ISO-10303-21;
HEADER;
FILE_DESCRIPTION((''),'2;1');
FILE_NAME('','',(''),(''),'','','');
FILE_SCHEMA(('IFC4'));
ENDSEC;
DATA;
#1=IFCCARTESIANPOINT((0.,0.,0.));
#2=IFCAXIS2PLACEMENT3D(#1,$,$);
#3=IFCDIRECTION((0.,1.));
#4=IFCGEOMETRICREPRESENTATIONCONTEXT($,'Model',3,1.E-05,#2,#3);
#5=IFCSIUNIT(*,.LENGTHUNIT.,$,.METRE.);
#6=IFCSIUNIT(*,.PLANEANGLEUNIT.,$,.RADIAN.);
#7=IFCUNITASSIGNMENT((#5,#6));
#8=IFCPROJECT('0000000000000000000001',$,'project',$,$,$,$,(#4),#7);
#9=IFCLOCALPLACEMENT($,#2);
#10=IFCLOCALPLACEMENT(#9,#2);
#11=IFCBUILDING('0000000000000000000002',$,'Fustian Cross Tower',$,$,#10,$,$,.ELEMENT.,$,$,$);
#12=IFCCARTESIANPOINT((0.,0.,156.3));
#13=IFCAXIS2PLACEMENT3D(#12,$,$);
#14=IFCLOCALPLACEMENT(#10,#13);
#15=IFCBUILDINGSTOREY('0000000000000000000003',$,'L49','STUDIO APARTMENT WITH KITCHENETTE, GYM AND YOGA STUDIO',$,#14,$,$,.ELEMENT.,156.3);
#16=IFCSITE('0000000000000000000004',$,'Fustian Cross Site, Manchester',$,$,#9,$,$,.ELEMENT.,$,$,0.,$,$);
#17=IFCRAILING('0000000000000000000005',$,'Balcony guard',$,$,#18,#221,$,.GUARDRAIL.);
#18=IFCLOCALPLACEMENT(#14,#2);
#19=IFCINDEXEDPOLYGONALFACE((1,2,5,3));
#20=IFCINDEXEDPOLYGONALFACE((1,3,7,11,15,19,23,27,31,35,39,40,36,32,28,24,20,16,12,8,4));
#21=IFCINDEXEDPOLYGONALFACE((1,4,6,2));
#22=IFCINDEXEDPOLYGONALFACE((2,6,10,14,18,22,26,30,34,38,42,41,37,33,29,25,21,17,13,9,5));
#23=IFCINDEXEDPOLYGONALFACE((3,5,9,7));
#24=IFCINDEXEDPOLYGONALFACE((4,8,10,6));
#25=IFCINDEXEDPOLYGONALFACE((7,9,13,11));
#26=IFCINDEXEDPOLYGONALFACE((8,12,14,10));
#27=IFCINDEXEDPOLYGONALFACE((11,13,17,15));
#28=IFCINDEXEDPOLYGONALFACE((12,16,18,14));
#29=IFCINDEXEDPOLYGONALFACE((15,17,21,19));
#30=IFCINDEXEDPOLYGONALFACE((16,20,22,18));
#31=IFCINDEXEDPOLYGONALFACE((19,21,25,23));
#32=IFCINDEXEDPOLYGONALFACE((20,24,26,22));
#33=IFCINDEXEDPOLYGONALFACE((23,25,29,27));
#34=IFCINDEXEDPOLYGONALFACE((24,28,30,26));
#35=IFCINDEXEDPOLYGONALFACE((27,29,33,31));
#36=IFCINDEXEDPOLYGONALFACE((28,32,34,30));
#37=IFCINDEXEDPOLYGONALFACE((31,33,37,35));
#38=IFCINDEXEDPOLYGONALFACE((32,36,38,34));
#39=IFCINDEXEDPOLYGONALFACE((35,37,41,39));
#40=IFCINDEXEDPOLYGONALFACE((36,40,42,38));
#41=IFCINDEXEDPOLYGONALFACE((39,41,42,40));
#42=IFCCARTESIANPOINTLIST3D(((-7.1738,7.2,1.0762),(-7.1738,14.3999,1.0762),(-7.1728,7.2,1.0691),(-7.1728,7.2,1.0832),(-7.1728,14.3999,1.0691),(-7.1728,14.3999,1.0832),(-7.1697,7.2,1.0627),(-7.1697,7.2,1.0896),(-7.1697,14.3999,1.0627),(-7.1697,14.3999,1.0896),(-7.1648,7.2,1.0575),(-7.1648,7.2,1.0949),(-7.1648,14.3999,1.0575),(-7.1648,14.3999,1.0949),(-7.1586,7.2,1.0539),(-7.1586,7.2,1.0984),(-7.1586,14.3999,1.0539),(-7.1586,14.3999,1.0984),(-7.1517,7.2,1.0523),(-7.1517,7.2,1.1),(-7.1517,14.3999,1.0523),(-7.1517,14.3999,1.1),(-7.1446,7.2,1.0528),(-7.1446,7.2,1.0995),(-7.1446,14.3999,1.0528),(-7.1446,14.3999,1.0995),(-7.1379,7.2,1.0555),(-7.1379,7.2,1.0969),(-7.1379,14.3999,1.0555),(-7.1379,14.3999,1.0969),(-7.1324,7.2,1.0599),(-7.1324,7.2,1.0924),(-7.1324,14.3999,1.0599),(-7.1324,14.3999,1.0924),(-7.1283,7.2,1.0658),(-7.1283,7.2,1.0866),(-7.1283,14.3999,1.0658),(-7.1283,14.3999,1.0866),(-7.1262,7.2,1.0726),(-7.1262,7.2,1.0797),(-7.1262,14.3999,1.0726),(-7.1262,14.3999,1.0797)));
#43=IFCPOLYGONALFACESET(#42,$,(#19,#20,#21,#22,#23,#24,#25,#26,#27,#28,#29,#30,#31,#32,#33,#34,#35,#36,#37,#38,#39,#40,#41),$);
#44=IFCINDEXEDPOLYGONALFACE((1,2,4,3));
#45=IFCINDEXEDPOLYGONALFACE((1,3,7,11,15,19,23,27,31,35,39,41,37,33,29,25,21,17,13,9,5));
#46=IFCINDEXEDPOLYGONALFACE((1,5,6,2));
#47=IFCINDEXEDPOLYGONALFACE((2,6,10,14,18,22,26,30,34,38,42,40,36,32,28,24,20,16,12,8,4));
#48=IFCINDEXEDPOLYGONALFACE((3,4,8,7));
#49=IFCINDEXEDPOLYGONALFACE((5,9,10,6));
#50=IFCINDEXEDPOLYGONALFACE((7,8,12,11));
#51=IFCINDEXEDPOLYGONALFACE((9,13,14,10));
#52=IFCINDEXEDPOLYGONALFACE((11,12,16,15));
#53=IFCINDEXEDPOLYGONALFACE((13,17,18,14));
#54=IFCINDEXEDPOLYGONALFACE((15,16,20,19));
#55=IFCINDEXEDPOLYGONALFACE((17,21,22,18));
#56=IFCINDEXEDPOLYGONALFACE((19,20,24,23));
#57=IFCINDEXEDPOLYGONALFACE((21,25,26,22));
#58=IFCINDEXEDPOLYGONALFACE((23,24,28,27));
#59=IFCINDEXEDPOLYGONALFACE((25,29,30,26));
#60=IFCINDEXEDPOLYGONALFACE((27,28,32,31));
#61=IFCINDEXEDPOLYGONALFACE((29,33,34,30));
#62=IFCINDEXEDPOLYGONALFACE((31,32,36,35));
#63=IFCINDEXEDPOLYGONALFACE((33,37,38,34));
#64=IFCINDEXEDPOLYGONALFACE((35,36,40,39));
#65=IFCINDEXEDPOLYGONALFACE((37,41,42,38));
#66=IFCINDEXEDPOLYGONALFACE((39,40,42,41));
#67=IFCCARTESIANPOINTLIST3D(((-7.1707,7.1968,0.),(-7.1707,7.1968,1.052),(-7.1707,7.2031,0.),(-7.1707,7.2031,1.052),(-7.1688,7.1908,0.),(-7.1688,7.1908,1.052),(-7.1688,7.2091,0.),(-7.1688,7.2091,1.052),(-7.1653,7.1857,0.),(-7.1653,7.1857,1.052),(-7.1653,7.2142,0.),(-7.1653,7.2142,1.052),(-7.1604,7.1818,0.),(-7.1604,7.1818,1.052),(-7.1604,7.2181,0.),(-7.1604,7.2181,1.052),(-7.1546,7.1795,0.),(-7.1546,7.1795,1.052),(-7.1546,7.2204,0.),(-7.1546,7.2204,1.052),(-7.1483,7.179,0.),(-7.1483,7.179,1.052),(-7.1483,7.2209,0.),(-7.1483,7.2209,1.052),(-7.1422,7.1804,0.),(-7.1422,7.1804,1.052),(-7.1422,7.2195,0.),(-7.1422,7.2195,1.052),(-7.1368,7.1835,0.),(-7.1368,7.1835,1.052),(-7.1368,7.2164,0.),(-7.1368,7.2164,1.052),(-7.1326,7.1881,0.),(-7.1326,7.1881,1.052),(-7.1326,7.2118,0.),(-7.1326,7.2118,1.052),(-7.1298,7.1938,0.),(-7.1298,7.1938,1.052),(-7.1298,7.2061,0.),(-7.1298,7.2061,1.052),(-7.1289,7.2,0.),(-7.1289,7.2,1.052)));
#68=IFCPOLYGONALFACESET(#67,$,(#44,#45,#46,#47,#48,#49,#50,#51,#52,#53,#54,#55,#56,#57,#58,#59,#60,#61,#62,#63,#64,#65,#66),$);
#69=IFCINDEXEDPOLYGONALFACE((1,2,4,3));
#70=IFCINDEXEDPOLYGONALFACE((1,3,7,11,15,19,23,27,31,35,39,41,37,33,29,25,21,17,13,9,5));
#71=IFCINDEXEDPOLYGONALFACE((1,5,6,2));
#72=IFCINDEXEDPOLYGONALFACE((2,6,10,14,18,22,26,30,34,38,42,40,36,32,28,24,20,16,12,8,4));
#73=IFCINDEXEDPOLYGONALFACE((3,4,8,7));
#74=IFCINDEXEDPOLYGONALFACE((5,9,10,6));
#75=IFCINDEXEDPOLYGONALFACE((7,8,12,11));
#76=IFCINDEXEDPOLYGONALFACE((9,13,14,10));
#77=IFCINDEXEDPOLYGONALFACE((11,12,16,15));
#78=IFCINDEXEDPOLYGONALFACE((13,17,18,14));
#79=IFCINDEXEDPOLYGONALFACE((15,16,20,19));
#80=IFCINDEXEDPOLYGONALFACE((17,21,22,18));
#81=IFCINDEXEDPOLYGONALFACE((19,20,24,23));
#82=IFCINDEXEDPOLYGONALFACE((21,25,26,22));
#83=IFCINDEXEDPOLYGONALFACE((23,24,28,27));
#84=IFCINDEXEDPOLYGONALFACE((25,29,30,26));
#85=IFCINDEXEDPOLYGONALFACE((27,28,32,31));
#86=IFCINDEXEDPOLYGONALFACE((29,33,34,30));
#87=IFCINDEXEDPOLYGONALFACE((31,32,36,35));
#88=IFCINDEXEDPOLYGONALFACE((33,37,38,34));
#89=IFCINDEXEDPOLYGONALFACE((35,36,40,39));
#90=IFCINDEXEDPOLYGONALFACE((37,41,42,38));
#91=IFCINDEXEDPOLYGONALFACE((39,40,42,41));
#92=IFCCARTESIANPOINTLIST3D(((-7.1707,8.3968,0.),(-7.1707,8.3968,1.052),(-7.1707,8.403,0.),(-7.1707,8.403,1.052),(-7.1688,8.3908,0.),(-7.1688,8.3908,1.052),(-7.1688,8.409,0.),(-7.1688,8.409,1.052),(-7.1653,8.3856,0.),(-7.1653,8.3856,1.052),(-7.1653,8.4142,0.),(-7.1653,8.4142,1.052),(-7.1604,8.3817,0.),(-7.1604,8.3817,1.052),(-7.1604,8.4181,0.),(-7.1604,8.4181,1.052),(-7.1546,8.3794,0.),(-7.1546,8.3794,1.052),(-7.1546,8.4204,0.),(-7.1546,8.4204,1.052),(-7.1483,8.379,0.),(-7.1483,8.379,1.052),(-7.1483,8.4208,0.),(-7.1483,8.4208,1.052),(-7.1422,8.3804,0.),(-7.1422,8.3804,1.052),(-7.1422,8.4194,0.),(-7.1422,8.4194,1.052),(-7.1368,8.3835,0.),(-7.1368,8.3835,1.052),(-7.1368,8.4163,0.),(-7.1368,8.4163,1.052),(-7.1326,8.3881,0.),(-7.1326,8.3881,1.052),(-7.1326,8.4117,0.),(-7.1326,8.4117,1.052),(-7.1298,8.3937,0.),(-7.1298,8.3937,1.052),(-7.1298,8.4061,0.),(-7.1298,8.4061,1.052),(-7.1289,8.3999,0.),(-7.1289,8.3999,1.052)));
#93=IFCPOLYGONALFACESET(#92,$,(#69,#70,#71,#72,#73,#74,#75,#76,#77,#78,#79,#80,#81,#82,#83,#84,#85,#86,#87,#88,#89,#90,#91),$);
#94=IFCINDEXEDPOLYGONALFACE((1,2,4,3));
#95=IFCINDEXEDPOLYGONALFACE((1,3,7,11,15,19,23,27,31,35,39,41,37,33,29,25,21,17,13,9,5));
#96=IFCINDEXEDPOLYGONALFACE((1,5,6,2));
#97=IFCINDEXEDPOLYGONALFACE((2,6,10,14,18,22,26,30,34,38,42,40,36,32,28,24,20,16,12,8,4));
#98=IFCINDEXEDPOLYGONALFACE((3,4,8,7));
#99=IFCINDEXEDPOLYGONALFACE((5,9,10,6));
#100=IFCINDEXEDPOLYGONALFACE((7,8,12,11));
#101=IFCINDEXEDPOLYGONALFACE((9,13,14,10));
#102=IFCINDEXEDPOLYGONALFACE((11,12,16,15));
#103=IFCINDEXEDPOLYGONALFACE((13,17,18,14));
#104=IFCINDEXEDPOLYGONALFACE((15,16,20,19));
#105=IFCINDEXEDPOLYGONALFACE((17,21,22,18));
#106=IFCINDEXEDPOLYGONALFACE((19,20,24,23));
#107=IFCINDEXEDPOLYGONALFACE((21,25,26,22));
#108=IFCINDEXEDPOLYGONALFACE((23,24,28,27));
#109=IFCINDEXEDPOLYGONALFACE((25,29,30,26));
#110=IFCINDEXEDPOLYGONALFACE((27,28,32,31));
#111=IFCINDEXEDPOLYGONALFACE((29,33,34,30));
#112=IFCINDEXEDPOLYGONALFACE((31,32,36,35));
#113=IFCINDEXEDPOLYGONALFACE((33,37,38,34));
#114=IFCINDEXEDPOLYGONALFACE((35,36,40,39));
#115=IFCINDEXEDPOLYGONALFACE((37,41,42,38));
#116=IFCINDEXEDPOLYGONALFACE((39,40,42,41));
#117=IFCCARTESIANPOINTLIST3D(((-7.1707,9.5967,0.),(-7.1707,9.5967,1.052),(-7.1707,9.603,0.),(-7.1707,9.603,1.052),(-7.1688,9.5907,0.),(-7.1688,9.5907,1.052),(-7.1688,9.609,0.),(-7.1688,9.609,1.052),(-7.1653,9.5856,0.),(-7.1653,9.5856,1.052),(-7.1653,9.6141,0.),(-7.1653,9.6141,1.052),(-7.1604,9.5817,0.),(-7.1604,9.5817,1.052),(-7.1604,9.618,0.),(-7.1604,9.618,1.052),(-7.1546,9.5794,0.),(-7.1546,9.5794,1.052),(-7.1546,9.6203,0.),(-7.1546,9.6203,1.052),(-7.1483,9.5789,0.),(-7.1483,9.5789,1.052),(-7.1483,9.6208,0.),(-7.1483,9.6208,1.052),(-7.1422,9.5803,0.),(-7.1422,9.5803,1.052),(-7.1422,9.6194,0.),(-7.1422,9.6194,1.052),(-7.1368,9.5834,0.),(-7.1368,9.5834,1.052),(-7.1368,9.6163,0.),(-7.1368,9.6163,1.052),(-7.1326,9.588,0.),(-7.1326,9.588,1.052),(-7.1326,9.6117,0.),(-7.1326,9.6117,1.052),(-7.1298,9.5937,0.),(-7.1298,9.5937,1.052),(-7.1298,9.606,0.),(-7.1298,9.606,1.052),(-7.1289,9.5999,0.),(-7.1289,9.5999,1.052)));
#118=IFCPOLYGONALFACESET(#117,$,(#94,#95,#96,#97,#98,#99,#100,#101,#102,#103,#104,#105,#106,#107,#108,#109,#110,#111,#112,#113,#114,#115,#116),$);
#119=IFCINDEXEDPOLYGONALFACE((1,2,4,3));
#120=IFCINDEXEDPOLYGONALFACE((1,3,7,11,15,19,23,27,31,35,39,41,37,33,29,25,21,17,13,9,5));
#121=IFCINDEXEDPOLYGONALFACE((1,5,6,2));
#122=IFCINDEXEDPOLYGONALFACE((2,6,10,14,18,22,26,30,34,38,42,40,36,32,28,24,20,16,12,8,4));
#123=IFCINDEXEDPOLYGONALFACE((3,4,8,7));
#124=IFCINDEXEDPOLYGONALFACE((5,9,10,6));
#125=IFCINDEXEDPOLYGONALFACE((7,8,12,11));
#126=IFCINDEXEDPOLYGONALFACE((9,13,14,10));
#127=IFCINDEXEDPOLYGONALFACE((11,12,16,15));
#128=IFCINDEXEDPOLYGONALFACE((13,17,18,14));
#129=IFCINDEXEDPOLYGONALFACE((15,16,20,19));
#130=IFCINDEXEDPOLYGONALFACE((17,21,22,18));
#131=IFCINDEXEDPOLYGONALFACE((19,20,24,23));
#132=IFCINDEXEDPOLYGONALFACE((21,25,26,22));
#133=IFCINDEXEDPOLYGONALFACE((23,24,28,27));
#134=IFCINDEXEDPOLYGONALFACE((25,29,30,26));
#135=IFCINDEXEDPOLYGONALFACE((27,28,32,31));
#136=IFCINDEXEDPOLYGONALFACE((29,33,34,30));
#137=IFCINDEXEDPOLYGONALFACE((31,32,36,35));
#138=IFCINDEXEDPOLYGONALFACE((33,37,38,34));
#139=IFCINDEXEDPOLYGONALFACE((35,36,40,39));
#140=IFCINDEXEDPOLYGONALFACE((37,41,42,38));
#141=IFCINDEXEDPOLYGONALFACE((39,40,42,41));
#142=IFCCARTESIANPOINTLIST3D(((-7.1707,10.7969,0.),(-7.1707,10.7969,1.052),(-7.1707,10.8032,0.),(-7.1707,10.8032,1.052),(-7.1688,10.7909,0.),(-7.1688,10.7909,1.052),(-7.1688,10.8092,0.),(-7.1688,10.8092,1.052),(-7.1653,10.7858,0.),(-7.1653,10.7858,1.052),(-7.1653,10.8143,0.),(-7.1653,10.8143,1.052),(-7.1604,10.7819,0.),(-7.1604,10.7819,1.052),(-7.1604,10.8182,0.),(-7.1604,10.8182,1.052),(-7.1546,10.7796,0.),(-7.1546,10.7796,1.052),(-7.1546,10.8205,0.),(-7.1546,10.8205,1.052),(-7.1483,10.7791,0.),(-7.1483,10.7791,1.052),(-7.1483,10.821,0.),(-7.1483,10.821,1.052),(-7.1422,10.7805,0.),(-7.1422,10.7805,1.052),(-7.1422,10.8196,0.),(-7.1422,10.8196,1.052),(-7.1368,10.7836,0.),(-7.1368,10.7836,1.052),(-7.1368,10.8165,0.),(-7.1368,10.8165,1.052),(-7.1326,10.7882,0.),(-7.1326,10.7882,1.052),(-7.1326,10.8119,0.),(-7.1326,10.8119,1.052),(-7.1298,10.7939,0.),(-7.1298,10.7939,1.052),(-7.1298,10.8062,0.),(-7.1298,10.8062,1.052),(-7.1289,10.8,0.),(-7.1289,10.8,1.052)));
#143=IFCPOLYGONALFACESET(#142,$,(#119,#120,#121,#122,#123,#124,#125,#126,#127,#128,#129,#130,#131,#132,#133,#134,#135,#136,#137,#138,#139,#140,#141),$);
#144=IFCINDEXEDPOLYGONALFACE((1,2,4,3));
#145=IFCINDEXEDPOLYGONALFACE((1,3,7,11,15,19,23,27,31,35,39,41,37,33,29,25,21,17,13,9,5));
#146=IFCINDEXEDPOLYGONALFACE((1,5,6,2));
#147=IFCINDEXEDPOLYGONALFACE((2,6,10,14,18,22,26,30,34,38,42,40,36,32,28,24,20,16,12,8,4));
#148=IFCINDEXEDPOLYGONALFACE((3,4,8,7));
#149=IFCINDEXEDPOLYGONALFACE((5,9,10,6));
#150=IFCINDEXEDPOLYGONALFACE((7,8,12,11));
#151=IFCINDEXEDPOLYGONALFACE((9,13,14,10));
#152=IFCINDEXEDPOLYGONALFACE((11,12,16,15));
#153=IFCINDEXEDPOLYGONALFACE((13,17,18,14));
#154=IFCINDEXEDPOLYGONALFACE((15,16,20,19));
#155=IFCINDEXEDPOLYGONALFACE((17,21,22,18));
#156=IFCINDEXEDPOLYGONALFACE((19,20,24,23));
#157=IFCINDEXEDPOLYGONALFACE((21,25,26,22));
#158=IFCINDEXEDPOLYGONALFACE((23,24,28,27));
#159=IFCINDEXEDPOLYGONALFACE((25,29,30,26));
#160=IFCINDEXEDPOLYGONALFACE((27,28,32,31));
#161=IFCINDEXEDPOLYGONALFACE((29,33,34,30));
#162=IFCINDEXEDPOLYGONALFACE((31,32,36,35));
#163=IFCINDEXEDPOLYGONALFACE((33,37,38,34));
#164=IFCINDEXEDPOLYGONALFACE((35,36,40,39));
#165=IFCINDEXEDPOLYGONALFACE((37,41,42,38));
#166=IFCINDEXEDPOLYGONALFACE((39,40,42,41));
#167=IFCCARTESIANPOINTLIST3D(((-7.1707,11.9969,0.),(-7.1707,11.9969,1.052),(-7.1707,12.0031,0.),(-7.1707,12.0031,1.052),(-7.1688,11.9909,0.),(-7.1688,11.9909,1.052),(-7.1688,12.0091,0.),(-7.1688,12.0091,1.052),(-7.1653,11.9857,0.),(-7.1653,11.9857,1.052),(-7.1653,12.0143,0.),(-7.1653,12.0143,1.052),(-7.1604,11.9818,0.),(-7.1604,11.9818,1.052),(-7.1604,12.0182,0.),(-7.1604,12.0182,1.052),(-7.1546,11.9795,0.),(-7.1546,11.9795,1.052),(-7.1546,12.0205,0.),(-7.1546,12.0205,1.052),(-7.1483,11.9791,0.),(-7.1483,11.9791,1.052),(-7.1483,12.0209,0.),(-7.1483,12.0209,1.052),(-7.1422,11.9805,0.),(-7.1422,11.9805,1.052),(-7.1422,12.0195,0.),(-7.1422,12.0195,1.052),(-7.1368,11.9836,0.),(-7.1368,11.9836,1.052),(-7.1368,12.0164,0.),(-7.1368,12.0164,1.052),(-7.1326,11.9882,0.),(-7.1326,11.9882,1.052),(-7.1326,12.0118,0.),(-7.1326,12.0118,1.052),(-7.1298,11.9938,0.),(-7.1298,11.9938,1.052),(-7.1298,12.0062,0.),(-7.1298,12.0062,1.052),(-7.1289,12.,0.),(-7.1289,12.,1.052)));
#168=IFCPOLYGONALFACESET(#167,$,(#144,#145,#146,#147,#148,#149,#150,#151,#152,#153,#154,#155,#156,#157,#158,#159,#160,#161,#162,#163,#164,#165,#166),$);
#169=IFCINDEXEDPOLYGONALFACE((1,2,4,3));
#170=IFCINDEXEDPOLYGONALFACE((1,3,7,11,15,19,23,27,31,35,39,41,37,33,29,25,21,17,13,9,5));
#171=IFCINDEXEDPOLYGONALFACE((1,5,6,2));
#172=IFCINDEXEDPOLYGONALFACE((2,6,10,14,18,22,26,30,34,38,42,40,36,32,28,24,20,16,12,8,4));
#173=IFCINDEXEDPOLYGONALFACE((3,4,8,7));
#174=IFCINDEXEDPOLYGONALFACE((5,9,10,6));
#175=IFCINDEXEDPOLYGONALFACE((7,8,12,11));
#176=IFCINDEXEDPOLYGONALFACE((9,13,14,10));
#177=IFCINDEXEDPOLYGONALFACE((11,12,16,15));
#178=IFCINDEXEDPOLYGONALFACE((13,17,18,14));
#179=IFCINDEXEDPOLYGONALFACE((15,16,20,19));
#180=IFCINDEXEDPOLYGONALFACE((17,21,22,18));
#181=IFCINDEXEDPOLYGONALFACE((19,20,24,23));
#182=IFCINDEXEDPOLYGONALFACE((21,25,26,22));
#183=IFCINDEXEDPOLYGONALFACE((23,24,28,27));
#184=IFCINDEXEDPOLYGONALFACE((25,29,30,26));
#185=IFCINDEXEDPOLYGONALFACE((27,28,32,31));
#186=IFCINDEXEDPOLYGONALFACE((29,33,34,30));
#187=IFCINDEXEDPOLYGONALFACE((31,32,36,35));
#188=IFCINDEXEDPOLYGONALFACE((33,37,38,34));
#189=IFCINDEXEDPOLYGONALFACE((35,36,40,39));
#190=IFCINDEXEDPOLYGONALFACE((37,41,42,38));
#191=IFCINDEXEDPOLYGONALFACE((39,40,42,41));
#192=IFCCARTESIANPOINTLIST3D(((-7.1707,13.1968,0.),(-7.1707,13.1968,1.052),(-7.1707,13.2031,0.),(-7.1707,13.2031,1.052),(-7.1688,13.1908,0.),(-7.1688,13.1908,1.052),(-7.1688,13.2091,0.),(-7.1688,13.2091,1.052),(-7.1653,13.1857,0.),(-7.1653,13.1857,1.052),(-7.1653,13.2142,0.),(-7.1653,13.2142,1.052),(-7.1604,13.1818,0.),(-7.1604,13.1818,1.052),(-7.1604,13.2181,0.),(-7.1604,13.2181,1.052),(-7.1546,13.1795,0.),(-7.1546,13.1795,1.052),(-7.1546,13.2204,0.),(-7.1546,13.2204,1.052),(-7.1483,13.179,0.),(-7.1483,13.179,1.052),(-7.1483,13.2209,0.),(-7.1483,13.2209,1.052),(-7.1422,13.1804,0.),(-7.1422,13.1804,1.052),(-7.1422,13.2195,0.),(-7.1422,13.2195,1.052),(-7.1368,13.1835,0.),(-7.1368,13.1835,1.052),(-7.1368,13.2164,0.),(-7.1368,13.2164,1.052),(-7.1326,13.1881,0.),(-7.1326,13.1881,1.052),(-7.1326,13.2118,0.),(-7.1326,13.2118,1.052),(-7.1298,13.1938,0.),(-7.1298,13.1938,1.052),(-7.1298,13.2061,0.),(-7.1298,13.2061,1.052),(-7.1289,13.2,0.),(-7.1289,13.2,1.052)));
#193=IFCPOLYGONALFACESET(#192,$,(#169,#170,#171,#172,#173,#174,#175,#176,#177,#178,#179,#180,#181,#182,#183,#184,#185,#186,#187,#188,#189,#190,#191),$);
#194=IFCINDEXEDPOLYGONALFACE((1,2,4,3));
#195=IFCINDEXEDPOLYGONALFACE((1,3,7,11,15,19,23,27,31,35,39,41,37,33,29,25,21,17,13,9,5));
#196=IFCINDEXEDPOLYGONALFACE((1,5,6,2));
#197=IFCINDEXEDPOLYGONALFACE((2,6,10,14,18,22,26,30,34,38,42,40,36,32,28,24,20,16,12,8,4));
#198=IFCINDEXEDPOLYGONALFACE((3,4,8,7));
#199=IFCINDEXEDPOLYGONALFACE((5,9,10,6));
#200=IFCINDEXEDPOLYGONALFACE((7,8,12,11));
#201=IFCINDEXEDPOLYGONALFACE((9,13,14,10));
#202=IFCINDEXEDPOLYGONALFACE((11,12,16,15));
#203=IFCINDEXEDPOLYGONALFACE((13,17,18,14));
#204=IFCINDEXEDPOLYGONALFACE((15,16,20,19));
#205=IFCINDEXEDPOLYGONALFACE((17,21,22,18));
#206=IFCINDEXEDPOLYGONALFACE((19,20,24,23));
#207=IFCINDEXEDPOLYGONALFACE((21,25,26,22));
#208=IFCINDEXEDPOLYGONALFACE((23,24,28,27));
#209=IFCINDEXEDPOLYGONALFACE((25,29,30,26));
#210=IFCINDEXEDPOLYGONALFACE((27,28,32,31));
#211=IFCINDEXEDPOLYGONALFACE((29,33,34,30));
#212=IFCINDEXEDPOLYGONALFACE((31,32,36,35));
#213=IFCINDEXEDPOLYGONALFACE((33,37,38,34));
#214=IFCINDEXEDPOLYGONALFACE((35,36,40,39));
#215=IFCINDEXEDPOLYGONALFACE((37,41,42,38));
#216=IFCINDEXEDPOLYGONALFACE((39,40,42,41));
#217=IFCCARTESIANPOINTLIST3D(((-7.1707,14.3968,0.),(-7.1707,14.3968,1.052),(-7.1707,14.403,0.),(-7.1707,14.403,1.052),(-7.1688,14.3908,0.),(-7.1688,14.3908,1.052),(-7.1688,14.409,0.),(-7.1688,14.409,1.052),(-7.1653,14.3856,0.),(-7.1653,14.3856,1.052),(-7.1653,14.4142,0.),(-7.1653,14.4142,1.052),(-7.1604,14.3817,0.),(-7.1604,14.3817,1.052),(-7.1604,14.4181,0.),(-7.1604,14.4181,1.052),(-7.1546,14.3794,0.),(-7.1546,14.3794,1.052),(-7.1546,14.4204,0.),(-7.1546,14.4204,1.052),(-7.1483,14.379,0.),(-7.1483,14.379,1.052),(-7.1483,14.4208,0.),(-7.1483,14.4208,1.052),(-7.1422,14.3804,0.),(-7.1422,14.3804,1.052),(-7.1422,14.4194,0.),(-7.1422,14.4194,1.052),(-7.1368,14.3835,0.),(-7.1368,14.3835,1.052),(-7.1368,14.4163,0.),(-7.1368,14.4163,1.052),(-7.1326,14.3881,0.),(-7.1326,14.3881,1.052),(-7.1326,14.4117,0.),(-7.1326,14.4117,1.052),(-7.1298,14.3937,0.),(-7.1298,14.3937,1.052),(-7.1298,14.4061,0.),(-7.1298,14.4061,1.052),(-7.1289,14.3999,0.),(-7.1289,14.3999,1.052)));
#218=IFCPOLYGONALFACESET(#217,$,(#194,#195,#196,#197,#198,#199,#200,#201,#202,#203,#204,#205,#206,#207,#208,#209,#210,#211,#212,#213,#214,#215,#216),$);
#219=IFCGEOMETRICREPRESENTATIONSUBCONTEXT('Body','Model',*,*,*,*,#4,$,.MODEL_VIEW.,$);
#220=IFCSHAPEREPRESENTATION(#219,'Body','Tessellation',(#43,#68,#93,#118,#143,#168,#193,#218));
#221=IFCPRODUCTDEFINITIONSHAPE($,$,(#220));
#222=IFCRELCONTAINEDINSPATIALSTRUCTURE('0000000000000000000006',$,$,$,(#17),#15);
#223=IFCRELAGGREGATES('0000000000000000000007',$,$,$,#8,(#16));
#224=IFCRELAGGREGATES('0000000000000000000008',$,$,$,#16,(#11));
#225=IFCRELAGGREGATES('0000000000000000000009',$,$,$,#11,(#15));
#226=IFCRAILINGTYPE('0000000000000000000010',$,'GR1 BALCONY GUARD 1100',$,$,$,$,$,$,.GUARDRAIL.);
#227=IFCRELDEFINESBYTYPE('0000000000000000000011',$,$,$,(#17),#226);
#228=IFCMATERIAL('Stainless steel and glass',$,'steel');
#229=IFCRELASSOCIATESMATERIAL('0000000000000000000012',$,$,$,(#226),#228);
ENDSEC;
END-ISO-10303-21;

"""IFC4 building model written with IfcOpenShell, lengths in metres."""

from ifc_helpers import new_model, si_unit, direction, frame, origin, origin_2d, place, context, subcontext, project, spatial, circle, extrude, material, type_object, element, save


model = new_model("IFC4")

# Units and contexts
model_context = context("Model", 3, precision=1e-05, world=origin(), true_north=direction((0.0, 1.0)))
body_context = subcontext(model_context, "Body", "Model", "MODEL_VIEW")
ifc_project = project(units=[si_unit("LENGTHUNIT", "METRE"), si_unit("PLANEANGLEUNIT", "RADIAN")], contexts=[model_context])

# Site, building, storey
site_placement = place(None, origin())
site = spatial("IfcSite", under=ifc_project, at=site_placement, Name="Fustian Cross Site, Manchester", CompositionType="ELEMENT", RefElevation=0.0)
building_placement = place(site_placement, origin())
building = spatial("IfcBuilding", under=site, at=building_placement, Name="Fustian Cross Tower", CompositionType="ELEMENT")
storey_placement = place(building_placement, frame((0.0, 0.0, 156.3)))
storey = spatial("IfcBuildingStorey", under=building, at=storey_placement, Name="L49", Description="STUDIO APARTMENT WITH KITCHENETTE, GYM AND YOGA STUDIO", CompositionType="ELEMENT", Elevation=156.3)

# Railing
ifc_material_1 = material(Name="Stainless steel and glass", Category="steel")
railing_type = type_object("IfcRailingType", Name="GR1 BALCONY GUARD 1100", PredefinedType="GUARDRAIL", material=ifc_material_1)
railing_placement = place(storey_placement, frame((-7.1499, 7.2, 0.0)))
element("IfcRailing", 1, at=railing_placement, inside=storey, type_object=railing_type, Name="Balcony guard", PredefinedType="GUARDRAIL", context=body_context, shape_type="SweptSolid", body=[
    extrude(circle(Radius=0.0239, at=origin_2d()), frame((0.0, 0.0, 1.0762), z_axis=(0.0, 1.0, 0.0), x_axis=(-1.0, 0.0, 0.0)), (0.0, 0.0, 1.0), 7.2),
    extrude(circle(Radius=0.021, at=origin_2d()), origin(), (0.0, 0.0, 1.0), 1.052),
    extrude(circle(Radius=0.021, at=origin_2d()), frame((0.0, 1.2, 0.0)), (0.0, 0.0, 1.0), 1.052),
    extrude(circle(Radius=0.021, at=origin_2d()), frame((0.0, 2.3999, 0.0)), (0.0, 0.0, 1.0), 1.052),
    extrude(circle(Radius=0.021, at=origin_2d()), frame((0.0, 3.6001, 0.0)), (0.0, 0.0, 1.0), 1.052),
    extrude(circle(Radius=0.021, at=origin_2d()), frame((0.0, 4.8, 0.0)), (0.0, 0.0, 1.0), 1.052),
    extrude(circle(Radius=0.021, at=origin_2d()), frame((0.0, 6.0, 0.0)), (0.0, 0.0, 1.0), 1.052),
    extrude(circle(Radius=0.021, at=origin_2d()), frame((0.0, 7.2, 0.0)), (0.0, 0.0, 1.0), 1.052),
])

save(model, "model.ifc")
